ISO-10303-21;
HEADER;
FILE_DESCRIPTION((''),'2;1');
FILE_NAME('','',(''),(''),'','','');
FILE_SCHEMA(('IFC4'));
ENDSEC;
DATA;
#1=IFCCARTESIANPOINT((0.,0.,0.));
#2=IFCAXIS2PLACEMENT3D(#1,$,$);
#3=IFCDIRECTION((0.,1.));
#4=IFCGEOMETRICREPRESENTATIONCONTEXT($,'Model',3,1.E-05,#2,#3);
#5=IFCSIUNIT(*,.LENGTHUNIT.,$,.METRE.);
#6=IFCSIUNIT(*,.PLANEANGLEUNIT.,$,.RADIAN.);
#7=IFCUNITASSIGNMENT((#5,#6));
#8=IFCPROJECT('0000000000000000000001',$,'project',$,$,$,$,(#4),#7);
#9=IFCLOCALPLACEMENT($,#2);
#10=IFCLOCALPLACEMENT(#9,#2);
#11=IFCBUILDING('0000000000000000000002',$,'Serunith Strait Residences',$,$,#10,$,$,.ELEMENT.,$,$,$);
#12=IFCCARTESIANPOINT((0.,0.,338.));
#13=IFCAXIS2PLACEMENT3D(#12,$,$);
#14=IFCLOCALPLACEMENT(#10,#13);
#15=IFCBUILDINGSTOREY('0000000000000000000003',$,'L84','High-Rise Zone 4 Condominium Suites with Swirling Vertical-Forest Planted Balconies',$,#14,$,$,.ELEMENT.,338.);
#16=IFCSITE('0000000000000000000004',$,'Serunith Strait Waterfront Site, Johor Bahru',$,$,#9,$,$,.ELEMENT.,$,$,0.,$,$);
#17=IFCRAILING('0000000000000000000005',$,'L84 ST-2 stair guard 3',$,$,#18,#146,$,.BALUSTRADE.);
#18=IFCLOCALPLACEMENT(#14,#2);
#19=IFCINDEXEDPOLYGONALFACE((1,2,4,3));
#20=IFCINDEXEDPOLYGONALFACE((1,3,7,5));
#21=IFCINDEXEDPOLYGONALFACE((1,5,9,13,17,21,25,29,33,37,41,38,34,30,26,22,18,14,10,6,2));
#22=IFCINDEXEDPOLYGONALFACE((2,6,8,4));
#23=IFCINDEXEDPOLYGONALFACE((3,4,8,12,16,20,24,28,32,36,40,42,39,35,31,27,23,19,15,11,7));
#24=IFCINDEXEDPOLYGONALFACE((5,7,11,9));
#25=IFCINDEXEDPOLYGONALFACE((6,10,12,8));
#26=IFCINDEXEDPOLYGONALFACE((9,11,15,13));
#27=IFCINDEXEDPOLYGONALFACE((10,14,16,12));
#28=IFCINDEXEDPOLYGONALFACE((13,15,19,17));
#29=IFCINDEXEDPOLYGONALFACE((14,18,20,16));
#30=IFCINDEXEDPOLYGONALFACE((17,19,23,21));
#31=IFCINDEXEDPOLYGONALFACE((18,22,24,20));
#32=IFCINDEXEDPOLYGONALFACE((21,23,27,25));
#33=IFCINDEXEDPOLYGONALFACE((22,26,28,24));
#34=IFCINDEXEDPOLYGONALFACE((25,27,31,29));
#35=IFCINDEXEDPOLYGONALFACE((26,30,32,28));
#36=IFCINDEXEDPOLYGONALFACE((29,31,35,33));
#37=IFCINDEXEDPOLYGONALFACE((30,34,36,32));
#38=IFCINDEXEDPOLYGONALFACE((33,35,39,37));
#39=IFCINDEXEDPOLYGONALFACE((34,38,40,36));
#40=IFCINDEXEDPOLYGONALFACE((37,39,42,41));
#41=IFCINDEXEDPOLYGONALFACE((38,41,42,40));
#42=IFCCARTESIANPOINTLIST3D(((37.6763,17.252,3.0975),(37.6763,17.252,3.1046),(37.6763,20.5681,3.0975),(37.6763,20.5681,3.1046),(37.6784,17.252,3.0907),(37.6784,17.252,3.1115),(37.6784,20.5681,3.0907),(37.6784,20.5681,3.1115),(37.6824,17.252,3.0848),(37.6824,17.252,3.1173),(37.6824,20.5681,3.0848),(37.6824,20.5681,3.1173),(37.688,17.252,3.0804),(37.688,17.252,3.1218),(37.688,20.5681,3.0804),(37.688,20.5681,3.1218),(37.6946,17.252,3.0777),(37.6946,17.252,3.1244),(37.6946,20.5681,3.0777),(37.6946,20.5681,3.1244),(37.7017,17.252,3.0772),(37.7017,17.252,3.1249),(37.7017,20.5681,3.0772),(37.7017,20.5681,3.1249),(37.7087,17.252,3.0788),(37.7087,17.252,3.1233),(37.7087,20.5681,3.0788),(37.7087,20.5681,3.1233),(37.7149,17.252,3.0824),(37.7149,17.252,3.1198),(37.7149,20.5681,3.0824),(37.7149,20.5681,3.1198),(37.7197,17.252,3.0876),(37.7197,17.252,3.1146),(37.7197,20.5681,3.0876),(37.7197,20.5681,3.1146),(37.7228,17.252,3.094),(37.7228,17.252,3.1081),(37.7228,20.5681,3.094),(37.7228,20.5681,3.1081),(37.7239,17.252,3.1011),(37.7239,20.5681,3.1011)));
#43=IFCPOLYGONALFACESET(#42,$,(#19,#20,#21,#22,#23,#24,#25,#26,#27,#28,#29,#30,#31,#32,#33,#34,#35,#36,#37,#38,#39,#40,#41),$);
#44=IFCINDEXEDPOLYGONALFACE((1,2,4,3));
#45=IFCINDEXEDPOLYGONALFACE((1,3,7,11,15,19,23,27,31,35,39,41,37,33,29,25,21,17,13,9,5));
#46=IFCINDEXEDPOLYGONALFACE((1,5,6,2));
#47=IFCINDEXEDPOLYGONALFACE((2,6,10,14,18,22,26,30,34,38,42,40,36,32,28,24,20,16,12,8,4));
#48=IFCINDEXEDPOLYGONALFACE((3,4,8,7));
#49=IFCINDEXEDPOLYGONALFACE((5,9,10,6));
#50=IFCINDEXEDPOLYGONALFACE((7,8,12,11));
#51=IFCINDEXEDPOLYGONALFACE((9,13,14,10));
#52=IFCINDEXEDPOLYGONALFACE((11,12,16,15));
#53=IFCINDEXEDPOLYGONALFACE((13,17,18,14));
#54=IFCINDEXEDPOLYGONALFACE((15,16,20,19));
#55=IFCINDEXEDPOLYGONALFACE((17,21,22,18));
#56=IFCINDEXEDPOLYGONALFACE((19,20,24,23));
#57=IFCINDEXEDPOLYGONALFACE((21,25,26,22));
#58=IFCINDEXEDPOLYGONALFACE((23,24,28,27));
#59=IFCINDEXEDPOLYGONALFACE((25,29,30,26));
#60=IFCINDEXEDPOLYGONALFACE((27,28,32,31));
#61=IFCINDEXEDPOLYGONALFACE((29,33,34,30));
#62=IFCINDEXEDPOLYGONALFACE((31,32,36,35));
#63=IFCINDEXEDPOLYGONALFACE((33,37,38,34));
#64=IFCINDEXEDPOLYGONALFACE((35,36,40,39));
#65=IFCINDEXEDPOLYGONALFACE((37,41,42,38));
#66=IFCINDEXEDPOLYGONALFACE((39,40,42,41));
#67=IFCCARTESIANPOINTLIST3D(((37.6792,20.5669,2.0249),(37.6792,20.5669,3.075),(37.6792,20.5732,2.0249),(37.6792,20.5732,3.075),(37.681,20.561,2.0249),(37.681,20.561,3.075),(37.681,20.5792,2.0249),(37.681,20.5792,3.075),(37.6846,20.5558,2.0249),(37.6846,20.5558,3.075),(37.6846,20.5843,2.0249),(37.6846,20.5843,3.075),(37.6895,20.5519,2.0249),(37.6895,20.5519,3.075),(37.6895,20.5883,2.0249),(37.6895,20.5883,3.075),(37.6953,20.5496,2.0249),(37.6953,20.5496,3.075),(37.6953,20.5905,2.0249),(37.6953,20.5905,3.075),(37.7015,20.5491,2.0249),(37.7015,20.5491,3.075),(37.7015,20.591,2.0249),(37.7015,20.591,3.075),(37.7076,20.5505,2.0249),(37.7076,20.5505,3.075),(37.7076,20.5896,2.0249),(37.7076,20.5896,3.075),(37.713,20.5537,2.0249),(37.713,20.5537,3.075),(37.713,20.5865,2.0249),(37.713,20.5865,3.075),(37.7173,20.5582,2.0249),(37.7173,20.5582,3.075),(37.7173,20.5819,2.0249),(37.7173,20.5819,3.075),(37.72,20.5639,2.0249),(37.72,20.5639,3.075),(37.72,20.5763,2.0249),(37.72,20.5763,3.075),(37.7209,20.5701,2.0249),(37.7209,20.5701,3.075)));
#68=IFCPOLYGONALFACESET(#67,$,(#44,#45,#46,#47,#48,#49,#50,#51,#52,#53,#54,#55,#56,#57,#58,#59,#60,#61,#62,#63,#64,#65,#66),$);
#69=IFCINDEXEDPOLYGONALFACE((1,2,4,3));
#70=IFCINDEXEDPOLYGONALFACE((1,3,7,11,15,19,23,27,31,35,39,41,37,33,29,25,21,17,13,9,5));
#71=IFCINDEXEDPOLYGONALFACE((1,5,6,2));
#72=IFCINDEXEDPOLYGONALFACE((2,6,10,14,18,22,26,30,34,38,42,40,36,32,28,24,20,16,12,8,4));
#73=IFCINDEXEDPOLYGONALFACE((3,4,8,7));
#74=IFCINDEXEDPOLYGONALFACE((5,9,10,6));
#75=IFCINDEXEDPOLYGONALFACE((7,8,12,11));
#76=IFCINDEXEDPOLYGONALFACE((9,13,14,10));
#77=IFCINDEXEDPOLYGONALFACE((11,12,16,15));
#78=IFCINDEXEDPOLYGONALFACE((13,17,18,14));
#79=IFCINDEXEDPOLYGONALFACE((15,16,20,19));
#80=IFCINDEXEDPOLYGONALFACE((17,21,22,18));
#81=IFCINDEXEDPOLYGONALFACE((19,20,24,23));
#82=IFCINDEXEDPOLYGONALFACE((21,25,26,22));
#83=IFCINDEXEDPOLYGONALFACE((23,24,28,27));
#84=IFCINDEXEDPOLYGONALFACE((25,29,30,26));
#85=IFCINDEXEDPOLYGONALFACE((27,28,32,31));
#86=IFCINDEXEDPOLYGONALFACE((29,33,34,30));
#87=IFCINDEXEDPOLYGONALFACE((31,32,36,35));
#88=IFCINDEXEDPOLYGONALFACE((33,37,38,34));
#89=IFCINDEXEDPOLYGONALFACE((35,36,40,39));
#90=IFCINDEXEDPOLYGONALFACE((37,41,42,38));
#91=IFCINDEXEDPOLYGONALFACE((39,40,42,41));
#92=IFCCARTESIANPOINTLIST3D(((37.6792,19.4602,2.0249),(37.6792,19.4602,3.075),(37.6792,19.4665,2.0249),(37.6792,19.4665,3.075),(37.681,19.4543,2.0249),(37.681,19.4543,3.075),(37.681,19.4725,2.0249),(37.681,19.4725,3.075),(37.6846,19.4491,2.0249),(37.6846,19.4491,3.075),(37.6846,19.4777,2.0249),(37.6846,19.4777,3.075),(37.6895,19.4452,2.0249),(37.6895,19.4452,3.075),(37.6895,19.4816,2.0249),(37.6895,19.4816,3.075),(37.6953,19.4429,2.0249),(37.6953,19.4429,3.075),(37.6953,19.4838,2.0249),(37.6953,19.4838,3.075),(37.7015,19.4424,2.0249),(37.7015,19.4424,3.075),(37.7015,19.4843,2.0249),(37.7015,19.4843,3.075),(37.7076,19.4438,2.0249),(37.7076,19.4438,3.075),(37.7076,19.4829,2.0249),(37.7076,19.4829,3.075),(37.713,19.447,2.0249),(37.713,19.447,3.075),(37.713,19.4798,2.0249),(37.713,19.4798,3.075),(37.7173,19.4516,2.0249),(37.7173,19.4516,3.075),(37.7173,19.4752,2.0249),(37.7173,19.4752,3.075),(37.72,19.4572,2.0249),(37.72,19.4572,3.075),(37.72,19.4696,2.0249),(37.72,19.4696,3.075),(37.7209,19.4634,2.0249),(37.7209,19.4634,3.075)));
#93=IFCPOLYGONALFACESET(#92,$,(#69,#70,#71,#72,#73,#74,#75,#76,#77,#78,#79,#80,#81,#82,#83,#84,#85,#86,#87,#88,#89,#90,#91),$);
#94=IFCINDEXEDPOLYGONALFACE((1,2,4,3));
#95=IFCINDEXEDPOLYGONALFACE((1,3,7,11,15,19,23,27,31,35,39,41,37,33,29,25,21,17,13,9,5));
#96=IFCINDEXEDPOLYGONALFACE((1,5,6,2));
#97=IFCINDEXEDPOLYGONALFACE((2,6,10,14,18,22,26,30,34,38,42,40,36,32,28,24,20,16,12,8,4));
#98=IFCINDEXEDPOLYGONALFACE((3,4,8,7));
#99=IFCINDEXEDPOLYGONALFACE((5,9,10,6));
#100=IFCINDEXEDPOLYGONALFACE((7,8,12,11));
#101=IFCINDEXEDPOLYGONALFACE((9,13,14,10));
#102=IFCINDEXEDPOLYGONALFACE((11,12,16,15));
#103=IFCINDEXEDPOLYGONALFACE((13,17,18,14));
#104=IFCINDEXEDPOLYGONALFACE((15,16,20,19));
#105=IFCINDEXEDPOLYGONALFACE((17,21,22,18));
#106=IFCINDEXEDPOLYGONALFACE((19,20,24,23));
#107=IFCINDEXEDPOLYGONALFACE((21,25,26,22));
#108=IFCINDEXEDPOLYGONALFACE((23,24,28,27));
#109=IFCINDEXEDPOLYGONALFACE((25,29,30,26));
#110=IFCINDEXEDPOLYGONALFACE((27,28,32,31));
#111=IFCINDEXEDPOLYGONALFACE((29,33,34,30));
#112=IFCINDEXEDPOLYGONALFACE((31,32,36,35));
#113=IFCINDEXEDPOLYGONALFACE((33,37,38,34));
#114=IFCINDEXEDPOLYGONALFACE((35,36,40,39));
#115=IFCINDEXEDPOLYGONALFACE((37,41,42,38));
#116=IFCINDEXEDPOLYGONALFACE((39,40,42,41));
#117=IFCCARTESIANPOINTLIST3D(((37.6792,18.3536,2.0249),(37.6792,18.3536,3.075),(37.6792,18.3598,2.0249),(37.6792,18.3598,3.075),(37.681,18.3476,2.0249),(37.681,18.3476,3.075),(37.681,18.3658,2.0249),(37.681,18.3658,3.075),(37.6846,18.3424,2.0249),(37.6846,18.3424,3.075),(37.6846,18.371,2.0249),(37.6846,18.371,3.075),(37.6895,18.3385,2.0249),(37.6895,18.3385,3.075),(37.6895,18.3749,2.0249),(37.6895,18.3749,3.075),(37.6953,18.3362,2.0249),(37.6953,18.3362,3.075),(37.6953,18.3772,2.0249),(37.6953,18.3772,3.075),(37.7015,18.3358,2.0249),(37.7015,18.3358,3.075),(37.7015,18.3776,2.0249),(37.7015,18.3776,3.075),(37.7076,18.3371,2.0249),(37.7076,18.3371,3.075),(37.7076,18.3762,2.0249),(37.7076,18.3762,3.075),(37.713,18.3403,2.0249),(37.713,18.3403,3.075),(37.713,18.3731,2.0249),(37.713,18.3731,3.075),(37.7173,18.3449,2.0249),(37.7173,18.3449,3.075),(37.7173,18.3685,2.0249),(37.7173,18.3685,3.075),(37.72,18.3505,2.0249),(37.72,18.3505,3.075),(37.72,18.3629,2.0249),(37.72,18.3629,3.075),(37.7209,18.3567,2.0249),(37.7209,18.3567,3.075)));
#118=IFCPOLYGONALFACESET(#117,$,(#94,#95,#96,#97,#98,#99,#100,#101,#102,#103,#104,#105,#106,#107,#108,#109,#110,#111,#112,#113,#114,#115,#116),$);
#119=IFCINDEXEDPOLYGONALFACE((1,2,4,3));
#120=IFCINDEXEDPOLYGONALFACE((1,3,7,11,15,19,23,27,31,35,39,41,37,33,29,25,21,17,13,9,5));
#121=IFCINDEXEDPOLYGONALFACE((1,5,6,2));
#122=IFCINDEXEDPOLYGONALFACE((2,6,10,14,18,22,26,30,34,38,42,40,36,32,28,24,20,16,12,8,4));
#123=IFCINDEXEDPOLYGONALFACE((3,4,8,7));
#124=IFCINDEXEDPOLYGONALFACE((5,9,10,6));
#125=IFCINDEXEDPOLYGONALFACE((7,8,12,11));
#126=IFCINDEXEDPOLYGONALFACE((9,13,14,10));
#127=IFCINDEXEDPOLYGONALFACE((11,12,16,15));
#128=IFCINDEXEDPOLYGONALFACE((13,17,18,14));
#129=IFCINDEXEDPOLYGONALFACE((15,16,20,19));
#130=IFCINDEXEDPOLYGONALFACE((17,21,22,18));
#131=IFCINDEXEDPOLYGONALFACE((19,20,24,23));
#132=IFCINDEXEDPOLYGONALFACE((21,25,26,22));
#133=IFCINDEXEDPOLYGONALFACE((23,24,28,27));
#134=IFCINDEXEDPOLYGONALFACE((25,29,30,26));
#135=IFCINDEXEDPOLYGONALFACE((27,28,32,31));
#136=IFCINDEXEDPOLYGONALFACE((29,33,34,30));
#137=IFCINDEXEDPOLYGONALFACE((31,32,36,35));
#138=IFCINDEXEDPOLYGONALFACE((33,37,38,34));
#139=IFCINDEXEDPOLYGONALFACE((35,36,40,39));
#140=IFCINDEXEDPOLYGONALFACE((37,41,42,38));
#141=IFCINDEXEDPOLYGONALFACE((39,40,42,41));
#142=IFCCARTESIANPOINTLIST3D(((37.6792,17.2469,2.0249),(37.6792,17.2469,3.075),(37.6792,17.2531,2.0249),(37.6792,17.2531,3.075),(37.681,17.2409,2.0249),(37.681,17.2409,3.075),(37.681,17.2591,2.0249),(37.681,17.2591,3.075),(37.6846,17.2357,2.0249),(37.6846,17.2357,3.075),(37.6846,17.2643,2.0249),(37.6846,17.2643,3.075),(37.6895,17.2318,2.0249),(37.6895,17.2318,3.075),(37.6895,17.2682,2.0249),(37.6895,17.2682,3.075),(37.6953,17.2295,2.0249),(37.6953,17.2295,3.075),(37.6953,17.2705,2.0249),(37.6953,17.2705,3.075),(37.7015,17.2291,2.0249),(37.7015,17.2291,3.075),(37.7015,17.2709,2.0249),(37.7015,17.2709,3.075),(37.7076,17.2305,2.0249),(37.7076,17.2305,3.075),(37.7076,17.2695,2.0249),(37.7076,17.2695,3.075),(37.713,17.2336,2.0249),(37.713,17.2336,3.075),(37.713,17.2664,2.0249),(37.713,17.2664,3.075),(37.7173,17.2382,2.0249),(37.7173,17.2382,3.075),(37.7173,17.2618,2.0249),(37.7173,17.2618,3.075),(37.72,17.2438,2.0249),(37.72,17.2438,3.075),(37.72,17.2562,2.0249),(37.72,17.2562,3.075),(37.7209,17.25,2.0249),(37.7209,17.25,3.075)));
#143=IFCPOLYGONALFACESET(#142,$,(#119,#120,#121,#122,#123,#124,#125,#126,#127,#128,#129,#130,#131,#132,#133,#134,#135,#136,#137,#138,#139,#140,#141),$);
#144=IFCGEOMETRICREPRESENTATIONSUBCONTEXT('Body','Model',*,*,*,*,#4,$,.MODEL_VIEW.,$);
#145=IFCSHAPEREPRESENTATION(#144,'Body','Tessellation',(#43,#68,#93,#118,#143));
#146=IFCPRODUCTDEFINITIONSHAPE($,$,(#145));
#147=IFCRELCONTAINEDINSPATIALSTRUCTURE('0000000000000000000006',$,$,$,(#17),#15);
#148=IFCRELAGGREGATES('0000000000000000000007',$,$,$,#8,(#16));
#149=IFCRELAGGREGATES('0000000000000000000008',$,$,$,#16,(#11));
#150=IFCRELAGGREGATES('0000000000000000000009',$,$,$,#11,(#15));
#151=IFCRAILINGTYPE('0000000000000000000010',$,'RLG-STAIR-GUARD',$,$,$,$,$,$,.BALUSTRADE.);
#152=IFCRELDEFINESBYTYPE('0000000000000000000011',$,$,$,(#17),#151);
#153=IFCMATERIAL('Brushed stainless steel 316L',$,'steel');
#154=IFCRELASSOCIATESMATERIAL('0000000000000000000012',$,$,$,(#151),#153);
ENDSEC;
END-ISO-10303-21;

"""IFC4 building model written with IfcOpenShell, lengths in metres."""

from ifc_helpers import new_model, si_unit, direction, frame, origin, origin_2d, place, context, subcontext, project, spatial, circle, extrude, material, type_object, element, save


model = new_model("IFC4")

# Units and contexts
model_context = context("Model", 3, precision=1e-05, world=origin(), true_north=direction((0.0, 1.0)))
body_context = subcontext(model_context, "Body", "Model", "MODEL_VIEW")
ifc_project = project(units=[si_unit("LENGTHUNIT", "METRE"), si_unit("PLANEANGLEUNIT", "RADIAN")], contexts=[model_context])

# Site, building, storey
site_placement = place(None, origin())
site = spatial("IfcSite", under=ifc_project, at=site_placement, Name="Serunith Strait Waterfront Site, Johor Bahru", CompositionType="ELEMENT", RefElevation=0.0)
building_placement = place(site_placement, origin())
building = spatial("IfcBuilding", under=site, at=building_placement, Name="Serunith Strait Residences", CompositionType="ELEMENT")
storey_placement = place(building_placement, frame((0.0, 0.0, 338.0)))
storey = spatial("IfcBuildingStorey", under=building, at=storey_placement, Name="L84", Description="High-Rise Zone 4 Condominium Suites with Swirling Vertical-Forest Planted Balconies", CompositionType="ELEMENT", Elevation=338.0)

# Railing
ifc_material_1 = material(Name="Brushed stainless steel 316L", Category="steel")
railing_type_1 = type_object("IfcRailingType", Name="RLG-STAIR-GUARD", PredefinedType="BALUSTRADE", material=ifc_material_1)
for number, where, name in (
    (1, (37.7, 20.5701, 2.0249), "L84 ST-2 stair guard 3"),
):
    element("IfcRailing", number, at=place(storey_placement, frame(where)), inside=storey, type_object=railing_type_1, Name=name, PredefinedType="BALUSTRADE", context=body_context, shape_type="SweptSolid", body=[
        extrude(circle(Radius=0.0239, at=origin_2d()), frame((0.0, -0.002, 1.0762), z_axis=(0.0, -1.0, 0.0), x_axis=(1.0, 0.0, 0.0)), (0.0, 0.0, 1.0), 3.3162),
        extrude(circle(Radius=0.021, at=origin_2d()), origin(), (0.0, 0.0, 1.0), 1.05),
        extrude(circle(Radius=0.021, at=origin_2d()), frame((0.0, -1.1067, 0.0)), (0.0, 0.0, 1.0), 1.05),
        extrude(circle(Radius=0.021, at=origin_2d()), frame((0.0, -2.2134, 0.0)), (0.0, 0.0, 1.0), 1.05),
        extrude(circle(Radius=0.021, at=origin_2d()), frame((0.0, -3.3201, 0.0)), (0.0, 0.0, 1.0), 1.05),
    ])

save(model, "model.ifc")
